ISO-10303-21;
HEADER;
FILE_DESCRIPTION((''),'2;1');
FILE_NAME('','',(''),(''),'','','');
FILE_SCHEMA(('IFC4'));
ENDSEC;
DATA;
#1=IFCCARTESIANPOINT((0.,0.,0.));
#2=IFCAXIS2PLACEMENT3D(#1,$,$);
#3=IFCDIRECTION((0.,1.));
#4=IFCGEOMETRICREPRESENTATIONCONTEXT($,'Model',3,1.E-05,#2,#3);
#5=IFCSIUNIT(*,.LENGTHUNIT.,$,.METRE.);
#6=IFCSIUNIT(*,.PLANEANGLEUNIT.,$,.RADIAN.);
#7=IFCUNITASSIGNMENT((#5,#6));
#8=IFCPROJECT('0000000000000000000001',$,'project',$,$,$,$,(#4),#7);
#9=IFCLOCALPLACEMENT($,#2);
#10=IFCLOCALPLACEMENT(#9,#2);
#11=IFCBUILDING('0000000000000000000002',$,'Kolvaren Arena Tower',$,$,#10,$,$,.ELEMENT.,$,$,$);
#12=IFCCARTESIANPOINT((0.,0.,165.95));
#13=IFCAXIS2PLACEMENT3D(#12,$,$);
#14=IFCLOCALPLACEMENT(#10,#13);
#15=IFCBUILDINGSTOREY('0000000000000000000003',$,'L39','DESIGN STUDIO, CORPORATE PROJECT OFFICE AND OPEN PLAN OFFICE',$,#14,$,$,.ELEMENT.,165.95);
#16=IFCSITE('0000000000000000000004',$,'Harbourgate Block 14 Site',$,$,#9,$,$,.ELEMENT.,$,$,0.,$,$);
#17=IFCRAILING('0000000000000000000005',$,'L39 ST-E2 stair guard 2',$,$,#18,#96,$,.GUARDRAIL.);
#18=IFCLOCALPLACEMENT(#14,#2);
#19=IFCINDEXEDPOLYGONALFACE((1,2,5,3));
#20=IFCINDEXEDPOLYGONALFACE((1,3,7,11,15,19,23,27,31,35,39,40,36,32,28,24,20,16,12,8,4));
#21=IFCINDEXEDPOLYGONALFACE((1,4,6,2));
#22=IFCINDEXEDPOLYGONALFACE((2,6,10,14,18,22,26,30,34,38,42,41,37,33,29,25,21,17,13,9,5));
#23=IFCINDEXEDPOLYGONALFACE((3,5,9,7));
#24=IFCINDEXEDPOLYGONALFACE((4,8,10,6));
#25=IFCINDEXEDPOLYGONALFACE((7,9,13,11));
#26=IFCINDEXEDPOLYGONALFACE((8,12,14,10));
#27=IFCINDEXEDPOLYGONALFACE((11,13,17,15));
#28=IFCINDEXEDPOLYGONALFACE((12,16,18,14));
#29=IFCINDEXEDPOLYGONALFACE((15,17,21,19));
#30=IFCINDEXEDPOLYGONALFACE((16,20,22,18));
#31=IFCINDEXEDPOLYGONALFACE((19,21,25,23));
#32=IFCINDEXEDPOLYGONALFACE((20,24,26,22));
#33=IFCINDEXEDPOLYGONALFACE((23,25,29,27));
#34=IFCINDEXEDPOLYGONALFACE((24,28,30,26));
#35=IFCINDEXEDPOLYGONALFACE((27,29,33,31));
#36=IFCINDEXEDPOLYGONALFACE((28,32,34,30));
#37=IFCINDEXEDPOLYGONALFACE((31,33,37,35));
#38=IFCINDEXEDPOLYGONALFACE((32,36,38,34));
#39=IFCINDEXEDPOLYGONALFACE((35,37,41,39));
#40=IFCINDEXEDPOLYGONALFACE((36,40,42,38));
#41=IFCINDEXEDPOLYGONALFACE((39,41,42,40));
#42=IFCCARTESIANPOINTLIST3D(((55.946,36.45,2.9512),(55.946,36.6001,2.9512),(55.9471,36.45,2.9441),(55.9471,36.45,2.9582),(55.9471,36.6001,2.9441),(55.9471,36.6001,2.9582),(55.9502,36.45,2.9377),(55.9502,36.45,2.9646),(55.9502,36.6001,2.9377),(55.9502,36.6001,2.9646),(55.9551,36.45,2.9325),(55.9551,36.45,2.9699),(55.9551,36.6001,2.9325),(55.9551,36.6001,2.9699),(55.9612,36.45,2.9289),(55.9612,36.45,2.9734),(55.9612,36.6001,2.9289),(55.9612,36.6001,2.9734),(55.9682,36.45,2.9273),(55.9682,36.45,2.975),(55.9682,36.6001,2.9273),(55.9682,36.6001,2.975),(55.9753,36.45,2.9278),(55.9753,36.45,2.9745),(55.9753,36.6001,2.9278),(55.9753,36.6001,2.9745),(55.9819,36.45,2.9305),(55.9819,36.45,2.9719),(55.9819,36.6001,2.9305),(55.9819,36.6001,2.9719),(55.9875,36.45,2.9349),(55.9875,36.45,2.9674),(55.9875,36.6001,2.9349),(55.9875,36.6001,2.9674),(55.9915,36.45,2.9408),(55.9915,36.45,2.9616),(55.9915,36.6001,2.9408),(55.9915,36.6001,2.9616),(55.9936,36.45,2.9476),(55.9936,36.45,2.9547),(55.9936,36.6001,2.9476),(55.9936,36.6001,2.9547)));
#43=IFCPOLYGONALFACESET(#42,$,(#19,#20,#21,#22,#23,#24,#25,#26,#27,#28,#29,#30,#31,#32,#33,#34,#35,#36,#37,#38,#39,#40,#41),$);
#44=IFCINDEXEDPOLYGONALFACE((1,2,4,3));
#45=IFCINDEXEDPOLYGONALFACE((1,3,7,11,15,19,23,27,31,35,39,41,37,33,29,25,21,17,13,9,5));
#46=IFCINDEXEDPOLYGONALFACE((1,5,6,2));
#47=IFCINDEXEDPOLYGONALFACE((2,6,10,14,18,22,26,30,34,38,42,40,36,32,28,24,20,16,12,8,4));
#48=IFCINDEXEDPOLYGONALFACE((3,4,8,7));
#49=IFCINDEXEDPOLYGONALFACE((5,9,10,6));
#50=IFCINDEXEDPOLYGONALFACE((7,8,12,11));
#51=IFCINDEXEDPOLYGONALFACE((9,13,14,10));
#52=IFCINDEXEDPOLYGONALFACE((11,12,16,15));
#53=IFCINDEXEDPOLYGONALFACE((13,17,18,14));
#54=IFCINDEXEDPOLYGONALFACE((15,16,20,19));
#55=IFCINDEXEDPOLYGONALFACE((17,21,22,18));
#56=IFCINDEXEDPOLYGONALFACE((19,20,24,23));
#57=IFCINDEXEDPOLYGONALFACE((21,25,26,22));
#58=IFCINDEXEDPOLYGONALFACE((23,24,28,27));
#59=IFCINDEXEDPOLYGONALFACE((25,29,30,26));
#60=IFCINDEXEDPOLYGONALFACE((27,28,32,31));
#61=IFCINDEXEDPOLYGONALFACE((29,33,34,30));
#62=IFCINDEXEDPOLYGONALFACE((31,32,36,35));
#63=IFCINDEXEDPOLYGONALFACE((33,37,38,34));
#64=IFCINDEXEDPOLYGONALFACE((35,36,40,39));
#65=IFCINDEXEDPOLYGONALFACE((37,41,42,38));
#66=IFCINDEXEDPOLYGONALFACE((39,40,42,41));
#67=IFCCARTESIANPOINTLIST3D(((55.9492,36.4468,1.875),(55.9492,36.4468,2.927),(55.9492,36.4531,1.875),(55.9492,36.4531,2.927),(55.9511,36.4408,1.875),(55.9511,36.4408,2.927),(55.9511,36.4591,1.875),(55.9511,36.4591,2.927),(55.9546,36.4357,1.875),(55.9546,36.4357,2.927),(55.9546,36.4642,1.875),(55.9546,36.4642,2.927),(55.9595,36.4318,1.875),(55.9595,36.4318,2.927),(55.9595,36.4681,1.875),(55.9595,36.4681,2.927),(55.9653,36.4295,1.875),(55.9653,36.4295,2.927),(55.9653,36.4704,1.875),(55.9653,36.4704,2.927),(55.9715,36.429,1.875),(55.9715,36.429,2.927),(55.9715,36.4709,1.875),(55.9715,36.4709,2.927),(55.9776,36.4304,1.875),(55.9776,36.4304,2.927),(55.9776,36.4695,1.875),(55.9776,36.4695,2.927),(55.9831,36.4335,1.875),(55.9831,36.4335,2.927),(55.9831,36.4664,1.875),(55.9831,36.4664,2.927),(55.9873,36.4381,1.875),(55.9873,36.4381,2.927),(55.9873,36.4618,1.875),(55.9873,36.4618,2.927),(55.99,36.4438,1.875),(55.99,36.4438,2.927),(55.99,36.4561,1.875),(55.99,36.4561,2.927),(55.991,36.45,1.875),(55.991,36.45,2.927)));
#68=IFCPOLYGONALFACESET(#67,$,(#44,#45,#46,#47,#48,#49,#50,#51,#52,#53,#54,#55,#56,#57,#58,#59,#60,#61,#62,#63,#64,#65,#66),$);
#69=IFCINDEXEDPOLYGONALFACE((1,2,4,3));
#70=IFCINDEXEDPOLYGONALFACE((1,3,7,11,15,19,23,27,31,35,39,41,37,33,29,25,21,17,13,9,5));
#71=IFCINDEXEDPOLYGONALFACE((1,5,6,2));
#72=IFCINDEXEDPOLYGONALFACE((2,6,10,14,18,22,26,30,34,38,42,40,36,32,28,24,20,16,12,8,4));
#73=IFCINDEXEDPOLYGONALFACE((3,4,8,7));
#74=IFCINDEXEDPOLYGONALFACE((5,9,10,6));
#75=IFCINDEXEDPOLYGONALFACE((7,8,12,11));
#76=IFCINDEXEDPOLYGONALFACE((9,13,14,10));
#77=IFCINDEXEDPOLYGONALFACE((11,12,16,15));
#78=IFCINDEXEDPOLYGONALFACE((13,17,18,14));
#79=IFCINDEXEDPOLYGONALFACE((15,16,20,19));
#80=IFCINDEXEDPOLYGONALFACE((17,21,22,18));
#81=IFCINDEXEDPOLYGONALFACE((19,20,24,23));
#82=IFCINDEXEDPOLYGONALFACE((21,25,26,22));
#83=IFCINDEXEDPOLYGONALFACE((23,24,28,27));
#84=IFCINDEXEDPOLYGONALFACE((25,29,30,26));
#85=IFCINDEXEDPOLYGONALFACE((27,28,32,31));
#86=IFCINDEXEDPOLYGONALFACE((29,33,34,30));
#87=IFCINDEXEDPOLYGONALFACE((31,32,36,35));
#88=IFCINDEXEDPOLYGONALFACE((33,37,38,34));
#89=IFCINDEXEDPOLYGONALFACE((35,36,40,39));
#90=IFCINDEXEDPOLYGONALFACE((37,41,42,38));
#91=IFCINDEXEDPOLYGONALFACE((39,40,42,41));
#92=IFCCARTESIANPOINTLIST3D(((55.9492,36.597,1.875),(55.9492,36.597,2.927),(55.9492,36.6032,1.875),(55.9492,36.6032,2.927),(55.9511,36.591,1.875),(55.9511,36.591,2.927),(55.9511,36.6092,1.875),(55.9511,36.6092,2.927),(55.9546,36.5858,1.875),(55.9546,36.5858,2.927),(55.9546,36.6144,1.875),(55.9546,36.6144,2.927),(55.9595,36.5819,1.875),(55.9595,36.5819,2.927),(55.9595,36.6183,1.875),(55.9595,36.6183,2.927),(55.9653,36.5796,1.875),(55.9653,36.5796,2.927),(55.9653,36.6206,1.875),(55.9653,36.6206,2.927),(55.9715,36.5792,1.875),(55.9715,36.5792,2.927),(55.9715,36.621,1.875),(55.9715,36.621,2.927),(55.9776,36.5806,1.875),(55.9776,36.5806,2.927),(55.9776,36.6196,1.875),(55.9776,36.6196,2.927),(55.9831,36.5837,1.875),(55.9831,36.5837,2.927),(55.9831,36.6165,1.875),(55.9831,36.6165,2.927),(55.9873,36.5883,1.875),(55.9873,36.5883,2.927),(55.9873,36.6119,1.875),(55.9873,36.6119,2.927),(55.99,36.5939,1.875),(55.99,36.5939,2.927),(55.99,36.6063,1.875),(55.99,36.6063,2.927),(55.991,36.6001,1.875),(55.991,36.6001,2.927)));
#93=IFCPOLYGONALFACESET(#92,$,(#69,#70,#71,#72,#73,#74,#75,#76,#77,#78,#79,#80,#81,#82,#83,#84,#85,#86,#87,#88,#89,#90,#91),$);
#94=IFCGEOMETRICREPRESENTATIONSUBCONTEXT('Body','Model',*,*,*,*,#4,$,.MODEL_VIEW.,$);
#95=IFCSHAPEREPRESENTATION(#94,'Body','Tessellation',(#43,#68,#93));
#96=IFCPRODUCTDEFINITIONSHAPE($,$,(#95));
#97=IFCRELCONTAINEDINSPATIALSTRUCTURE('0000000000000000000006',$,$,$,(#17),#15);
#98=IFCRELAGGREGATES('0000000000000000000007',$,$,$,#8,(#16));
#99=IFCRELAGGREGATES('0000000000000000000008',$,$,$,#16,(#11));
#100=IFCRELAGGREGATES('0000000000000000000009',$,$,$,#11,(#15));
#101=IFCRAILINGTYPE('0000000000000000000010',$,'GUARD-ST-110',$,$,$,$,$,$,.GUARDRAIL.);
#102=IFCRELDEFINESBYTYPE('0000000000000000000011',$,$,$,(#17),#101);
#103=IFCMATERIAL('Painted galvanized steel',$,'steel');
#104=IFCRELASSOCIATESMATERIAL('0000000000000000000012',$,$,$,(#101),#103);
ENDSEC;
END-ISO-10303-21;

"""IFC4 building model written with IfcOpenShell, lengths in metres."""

from ifc_helpers import new_model, si_unit, direction, frame, origin, origin_2d, place, context, subcontext, project, spatial, circle, extrude, material, type_object, element, save


model = new_model("IFC4")

# Units and contexts
model_context = context("Model", 3, precision=1e-05, world=origin(), true_north=direction((0.0, 1.0)))
body_context = subcontext(model_context, "Body", "Model", "MODEL_VIEW")
ifc_project = project(units=[si_unit("LENGTHUNIT", "METRE"), si_unit("PLANEANGLEUNIT", "RADIAN")], contexts=[model_context])

# Site, building, storey
site_placement = place(None, origin())
site = spatial("IfcSite", under=ifc_project, at=site_placement, Name="Harbourgate Block 14 Site", CompositionType="ELEMENT", RefElevation=0.0)
building_placement = place(site_placement, origin())
building = spatial("IfcBuilding", under=site, at=building_placement, Name="Kolvaren Arena Tower", CompositionType="ELEMENT")
storey_placement = place(building_placement, frame((0.0, 0.0, 165.95)))
storey = spatial("IfcBuildingStorey", under=building, at=storey_placement, Name="L39", Description="DESIGN STUDIO, CORPORATE PROJECT OFFICE AND OPEN PLAN OFFICE", CompositionType="ELEMENT", Elevation=165.95)

# Railing
ifc_material_1 = material(Name="Painted galvanized steel", Category="steel")
railing_type_1 = type_object("IfcRailingType", Name="GUARD-ST-110", PredefinedType="GUARDRAIL", material=ifc_material_1)
railing_1_placement = place(storey_placement, frame((55.97, 36.45, 1.875)))
element("IfcRailing", 1, at=railing_1_placement, inside=storey, type_object=railing_type_1, Name="L39 ST-E2 stair guard 2", PredefinedType="GUARDRAIL", context=body_context, shape_type="SweptSolid", body=[
    extrude(circle(Radius=0.0239, at=origin_2d()), frame((0.0, 0.0, 1.0762), z_axis=(0.0, 1.0, 0.0), x_axis=(-1.0, 0.0, 0.0)), (0.0, 0.0, 1.0), 0.1501),
    extrude(circle(Radius=0.021, at=origin_2d()), origin(), (0.0, 0.0, 1.0), 1.052),
    extrude(circle(Radius=0.021, at=origin_2d()), frame((0.0, 0.1501, 0.0)), (0.0, 0.0, 1.0), 1.052),
])

save(model, "model.ifc")
